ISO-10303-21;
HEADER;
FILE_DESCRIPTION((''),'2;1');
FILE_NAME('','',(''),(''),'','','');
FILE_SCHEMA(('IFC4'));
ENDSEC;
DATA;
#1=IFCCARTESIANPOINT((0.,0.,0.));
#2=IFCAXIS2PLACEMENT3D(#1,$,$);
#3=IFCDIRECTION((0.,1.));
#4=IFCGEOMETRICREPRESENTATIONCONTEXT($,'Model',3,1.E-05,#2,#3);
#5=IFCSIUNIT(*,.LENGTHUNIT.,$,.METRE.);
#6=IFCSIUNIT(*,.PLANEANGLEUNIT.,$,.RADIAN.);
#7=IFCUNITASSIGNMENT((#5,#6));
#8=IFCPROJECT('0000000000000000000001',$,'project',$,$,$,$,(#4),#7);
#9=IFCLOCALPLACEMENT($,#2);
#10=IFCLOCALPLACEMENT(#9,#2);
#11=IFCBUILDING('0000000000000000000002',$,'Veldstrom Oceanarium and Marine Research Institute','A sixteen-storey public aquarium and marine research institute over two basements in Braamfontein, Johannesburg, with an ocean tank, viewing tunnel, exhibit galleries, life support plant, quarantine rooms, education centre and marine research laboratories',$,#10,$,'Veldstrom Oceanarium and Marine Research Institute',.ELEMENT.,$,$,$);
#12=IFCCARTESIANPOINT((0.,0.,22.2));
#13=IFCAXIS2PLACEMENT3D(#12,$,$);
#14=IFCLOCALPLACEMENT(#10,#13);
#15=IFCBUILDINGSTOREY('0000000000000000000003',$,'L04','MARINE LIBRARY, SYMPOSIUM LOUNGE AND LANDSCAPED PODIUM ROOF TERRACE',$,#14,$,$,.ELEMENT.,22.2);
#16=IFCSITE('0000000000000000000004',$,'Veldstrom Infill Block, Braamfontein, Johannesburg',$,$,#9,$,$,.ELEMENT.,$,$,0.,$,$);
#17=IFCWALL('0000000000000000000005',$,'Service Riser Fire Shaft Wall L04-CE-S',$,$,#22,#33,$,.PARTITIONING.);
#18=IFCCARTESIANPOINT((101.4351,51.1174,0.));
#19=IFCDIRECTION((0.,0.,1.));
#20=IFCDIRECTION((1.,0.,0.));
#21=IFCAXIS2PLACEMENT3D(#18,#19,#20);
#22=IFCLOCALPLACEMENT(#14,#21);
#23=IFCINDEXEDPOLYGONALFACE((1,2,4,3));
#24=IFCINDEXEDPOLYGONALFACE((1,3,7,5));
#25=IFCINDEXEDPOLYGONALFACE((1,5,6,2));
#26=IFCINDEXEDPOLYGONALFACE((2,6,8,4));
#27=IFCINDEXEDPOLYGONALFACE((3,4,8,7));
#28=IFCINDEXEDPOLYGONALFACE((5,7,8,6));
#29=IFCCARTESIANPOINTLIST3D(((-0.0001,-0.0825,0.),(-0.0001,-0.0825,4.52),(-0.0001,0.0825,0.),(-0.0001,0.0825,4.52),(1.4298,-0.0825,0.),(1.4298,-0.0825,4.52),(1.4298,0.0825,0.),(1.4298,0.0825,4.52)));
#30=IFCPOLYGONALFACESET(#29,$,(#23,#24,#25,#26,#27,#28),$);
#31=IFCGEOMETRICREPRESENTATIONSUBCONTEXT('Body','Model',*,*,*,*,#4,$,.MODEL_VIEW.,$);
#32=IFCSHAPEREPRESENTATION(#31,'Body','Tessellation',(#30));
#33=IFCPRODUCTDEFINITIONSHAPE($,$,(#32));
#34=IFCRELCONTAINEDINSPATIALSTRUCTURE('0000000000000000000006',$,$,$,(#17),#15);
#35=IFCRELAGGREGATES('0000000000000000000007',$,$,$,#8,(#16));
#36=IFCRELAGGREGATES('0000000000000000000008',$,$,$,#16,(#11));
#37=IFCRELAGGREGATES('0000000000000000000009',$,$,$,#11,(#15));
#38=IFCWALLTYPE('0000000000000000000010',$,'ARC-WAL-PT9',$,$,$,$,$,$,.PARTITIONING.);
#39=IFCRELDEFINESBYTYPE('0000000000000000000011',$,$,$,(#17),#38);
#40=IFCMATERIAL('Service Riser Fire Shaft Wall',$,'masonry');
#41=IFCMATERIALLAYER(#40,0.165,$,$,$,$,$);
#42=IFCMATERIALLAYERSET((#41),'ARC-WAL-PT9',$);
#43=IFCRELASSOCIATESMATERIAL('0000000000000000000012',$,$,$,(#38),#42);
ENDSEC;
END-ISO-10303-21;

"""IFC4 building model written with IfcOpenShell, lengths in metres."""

from ifc_helpers import new_model, si_unit, direction, frame, frame_2d, origin, place, context, subcontext, project, spatial, rectangle, extrude, material, layer, layer_set, type_object, element, save


model = new_model("IFC4")

# Units and contexts
model_context = context("Model", 3, precision=1e-05, world=origin(), true_north=direction((0.0, 1.0)))
body_context = subcontext(model_context, "Body", "Model", "MODEL_VIEW")
ifc_project = project(units=[si_unit("LENGTHUNIT", "METRE"), si_unit("PLANEANGLEUNIT", "RADIAN")], contexts=[model_context])

# Site, building, storey
site_placement = place(None, origin())
site = spatial("IfcSite", under=ifc_project, at=site_placement, Name="Veldstrom Infill Block, Braamfontein, Johannesburg", CompositionType="ELEMENT", RefElevation=0.0)
building_placement = place(site_placement, origin())
building = spatial("IfcBuilding", under=site, at=building_placement, Name="Veldstrom Oceanarium and Marine Research Institute", Description="A sixteen-storey public aquarium and marine research institute over two basements in Braamfontein, Johannesburg, with an ocean tank, viewing tunnel, exhibit galleries, life support plant, quarantine rooms, education centre and marine research laboratories", LongName="Veldstrom Oceanarium and Marine Research Institute", CompositionType="ELEMENT")
storey_placement = place(building_placement, frame((0.0, 0.0, 22.2)))
storey = spatial("IfcBuildingStorey", under=building, at=storey_placement, Name="L04", Description="MARINE LIBRARY, SYMPOSIUM LOUNGE AND LANDSCAPED PODIUM ROOF TERRACE", CompositionType="ELEMENT", Elevation=22.2)

# Wall
ifc_material_1 = material(Name="Service Riser Fire Shaft Wall", Category="masonry")
ifc_layer_1 = layer(ifc_material_1, 0.165)
ifc_layer_set_1 = layer_set([ifc_layer_1], Name="ARC-WAL-PT9")
wall_type_1 = type_object("IfcWallType", Name="ARC-WAL-PT9", PredefinedType="PARTITIONING", material=ifc_layer_set_1)
wall_1_placement = place(storey_placement, frame((101.4351, 51.1174, 0.0), z_axis=(0.0, 0.0, 1.0), x_axis=(1.0, 0.0, 0.0)))
element("IfcWall", 1, at=wall_1_placement, inside=storey, type_object=wall_type_1, Name="Service Riser Fire Shaft Wall L04-CE-S", PredefinedType="PARTITIONING", context=body_context, shape_type="SweptSolid", body=[
    extrude(rectangle(XDim=1.4299, YDim=0.165, at=frame_2d((0.7148, 0.0))), origin(), (0.0, 0.0, 1.0), 4.52),
])

save(model, "model.ifc")
